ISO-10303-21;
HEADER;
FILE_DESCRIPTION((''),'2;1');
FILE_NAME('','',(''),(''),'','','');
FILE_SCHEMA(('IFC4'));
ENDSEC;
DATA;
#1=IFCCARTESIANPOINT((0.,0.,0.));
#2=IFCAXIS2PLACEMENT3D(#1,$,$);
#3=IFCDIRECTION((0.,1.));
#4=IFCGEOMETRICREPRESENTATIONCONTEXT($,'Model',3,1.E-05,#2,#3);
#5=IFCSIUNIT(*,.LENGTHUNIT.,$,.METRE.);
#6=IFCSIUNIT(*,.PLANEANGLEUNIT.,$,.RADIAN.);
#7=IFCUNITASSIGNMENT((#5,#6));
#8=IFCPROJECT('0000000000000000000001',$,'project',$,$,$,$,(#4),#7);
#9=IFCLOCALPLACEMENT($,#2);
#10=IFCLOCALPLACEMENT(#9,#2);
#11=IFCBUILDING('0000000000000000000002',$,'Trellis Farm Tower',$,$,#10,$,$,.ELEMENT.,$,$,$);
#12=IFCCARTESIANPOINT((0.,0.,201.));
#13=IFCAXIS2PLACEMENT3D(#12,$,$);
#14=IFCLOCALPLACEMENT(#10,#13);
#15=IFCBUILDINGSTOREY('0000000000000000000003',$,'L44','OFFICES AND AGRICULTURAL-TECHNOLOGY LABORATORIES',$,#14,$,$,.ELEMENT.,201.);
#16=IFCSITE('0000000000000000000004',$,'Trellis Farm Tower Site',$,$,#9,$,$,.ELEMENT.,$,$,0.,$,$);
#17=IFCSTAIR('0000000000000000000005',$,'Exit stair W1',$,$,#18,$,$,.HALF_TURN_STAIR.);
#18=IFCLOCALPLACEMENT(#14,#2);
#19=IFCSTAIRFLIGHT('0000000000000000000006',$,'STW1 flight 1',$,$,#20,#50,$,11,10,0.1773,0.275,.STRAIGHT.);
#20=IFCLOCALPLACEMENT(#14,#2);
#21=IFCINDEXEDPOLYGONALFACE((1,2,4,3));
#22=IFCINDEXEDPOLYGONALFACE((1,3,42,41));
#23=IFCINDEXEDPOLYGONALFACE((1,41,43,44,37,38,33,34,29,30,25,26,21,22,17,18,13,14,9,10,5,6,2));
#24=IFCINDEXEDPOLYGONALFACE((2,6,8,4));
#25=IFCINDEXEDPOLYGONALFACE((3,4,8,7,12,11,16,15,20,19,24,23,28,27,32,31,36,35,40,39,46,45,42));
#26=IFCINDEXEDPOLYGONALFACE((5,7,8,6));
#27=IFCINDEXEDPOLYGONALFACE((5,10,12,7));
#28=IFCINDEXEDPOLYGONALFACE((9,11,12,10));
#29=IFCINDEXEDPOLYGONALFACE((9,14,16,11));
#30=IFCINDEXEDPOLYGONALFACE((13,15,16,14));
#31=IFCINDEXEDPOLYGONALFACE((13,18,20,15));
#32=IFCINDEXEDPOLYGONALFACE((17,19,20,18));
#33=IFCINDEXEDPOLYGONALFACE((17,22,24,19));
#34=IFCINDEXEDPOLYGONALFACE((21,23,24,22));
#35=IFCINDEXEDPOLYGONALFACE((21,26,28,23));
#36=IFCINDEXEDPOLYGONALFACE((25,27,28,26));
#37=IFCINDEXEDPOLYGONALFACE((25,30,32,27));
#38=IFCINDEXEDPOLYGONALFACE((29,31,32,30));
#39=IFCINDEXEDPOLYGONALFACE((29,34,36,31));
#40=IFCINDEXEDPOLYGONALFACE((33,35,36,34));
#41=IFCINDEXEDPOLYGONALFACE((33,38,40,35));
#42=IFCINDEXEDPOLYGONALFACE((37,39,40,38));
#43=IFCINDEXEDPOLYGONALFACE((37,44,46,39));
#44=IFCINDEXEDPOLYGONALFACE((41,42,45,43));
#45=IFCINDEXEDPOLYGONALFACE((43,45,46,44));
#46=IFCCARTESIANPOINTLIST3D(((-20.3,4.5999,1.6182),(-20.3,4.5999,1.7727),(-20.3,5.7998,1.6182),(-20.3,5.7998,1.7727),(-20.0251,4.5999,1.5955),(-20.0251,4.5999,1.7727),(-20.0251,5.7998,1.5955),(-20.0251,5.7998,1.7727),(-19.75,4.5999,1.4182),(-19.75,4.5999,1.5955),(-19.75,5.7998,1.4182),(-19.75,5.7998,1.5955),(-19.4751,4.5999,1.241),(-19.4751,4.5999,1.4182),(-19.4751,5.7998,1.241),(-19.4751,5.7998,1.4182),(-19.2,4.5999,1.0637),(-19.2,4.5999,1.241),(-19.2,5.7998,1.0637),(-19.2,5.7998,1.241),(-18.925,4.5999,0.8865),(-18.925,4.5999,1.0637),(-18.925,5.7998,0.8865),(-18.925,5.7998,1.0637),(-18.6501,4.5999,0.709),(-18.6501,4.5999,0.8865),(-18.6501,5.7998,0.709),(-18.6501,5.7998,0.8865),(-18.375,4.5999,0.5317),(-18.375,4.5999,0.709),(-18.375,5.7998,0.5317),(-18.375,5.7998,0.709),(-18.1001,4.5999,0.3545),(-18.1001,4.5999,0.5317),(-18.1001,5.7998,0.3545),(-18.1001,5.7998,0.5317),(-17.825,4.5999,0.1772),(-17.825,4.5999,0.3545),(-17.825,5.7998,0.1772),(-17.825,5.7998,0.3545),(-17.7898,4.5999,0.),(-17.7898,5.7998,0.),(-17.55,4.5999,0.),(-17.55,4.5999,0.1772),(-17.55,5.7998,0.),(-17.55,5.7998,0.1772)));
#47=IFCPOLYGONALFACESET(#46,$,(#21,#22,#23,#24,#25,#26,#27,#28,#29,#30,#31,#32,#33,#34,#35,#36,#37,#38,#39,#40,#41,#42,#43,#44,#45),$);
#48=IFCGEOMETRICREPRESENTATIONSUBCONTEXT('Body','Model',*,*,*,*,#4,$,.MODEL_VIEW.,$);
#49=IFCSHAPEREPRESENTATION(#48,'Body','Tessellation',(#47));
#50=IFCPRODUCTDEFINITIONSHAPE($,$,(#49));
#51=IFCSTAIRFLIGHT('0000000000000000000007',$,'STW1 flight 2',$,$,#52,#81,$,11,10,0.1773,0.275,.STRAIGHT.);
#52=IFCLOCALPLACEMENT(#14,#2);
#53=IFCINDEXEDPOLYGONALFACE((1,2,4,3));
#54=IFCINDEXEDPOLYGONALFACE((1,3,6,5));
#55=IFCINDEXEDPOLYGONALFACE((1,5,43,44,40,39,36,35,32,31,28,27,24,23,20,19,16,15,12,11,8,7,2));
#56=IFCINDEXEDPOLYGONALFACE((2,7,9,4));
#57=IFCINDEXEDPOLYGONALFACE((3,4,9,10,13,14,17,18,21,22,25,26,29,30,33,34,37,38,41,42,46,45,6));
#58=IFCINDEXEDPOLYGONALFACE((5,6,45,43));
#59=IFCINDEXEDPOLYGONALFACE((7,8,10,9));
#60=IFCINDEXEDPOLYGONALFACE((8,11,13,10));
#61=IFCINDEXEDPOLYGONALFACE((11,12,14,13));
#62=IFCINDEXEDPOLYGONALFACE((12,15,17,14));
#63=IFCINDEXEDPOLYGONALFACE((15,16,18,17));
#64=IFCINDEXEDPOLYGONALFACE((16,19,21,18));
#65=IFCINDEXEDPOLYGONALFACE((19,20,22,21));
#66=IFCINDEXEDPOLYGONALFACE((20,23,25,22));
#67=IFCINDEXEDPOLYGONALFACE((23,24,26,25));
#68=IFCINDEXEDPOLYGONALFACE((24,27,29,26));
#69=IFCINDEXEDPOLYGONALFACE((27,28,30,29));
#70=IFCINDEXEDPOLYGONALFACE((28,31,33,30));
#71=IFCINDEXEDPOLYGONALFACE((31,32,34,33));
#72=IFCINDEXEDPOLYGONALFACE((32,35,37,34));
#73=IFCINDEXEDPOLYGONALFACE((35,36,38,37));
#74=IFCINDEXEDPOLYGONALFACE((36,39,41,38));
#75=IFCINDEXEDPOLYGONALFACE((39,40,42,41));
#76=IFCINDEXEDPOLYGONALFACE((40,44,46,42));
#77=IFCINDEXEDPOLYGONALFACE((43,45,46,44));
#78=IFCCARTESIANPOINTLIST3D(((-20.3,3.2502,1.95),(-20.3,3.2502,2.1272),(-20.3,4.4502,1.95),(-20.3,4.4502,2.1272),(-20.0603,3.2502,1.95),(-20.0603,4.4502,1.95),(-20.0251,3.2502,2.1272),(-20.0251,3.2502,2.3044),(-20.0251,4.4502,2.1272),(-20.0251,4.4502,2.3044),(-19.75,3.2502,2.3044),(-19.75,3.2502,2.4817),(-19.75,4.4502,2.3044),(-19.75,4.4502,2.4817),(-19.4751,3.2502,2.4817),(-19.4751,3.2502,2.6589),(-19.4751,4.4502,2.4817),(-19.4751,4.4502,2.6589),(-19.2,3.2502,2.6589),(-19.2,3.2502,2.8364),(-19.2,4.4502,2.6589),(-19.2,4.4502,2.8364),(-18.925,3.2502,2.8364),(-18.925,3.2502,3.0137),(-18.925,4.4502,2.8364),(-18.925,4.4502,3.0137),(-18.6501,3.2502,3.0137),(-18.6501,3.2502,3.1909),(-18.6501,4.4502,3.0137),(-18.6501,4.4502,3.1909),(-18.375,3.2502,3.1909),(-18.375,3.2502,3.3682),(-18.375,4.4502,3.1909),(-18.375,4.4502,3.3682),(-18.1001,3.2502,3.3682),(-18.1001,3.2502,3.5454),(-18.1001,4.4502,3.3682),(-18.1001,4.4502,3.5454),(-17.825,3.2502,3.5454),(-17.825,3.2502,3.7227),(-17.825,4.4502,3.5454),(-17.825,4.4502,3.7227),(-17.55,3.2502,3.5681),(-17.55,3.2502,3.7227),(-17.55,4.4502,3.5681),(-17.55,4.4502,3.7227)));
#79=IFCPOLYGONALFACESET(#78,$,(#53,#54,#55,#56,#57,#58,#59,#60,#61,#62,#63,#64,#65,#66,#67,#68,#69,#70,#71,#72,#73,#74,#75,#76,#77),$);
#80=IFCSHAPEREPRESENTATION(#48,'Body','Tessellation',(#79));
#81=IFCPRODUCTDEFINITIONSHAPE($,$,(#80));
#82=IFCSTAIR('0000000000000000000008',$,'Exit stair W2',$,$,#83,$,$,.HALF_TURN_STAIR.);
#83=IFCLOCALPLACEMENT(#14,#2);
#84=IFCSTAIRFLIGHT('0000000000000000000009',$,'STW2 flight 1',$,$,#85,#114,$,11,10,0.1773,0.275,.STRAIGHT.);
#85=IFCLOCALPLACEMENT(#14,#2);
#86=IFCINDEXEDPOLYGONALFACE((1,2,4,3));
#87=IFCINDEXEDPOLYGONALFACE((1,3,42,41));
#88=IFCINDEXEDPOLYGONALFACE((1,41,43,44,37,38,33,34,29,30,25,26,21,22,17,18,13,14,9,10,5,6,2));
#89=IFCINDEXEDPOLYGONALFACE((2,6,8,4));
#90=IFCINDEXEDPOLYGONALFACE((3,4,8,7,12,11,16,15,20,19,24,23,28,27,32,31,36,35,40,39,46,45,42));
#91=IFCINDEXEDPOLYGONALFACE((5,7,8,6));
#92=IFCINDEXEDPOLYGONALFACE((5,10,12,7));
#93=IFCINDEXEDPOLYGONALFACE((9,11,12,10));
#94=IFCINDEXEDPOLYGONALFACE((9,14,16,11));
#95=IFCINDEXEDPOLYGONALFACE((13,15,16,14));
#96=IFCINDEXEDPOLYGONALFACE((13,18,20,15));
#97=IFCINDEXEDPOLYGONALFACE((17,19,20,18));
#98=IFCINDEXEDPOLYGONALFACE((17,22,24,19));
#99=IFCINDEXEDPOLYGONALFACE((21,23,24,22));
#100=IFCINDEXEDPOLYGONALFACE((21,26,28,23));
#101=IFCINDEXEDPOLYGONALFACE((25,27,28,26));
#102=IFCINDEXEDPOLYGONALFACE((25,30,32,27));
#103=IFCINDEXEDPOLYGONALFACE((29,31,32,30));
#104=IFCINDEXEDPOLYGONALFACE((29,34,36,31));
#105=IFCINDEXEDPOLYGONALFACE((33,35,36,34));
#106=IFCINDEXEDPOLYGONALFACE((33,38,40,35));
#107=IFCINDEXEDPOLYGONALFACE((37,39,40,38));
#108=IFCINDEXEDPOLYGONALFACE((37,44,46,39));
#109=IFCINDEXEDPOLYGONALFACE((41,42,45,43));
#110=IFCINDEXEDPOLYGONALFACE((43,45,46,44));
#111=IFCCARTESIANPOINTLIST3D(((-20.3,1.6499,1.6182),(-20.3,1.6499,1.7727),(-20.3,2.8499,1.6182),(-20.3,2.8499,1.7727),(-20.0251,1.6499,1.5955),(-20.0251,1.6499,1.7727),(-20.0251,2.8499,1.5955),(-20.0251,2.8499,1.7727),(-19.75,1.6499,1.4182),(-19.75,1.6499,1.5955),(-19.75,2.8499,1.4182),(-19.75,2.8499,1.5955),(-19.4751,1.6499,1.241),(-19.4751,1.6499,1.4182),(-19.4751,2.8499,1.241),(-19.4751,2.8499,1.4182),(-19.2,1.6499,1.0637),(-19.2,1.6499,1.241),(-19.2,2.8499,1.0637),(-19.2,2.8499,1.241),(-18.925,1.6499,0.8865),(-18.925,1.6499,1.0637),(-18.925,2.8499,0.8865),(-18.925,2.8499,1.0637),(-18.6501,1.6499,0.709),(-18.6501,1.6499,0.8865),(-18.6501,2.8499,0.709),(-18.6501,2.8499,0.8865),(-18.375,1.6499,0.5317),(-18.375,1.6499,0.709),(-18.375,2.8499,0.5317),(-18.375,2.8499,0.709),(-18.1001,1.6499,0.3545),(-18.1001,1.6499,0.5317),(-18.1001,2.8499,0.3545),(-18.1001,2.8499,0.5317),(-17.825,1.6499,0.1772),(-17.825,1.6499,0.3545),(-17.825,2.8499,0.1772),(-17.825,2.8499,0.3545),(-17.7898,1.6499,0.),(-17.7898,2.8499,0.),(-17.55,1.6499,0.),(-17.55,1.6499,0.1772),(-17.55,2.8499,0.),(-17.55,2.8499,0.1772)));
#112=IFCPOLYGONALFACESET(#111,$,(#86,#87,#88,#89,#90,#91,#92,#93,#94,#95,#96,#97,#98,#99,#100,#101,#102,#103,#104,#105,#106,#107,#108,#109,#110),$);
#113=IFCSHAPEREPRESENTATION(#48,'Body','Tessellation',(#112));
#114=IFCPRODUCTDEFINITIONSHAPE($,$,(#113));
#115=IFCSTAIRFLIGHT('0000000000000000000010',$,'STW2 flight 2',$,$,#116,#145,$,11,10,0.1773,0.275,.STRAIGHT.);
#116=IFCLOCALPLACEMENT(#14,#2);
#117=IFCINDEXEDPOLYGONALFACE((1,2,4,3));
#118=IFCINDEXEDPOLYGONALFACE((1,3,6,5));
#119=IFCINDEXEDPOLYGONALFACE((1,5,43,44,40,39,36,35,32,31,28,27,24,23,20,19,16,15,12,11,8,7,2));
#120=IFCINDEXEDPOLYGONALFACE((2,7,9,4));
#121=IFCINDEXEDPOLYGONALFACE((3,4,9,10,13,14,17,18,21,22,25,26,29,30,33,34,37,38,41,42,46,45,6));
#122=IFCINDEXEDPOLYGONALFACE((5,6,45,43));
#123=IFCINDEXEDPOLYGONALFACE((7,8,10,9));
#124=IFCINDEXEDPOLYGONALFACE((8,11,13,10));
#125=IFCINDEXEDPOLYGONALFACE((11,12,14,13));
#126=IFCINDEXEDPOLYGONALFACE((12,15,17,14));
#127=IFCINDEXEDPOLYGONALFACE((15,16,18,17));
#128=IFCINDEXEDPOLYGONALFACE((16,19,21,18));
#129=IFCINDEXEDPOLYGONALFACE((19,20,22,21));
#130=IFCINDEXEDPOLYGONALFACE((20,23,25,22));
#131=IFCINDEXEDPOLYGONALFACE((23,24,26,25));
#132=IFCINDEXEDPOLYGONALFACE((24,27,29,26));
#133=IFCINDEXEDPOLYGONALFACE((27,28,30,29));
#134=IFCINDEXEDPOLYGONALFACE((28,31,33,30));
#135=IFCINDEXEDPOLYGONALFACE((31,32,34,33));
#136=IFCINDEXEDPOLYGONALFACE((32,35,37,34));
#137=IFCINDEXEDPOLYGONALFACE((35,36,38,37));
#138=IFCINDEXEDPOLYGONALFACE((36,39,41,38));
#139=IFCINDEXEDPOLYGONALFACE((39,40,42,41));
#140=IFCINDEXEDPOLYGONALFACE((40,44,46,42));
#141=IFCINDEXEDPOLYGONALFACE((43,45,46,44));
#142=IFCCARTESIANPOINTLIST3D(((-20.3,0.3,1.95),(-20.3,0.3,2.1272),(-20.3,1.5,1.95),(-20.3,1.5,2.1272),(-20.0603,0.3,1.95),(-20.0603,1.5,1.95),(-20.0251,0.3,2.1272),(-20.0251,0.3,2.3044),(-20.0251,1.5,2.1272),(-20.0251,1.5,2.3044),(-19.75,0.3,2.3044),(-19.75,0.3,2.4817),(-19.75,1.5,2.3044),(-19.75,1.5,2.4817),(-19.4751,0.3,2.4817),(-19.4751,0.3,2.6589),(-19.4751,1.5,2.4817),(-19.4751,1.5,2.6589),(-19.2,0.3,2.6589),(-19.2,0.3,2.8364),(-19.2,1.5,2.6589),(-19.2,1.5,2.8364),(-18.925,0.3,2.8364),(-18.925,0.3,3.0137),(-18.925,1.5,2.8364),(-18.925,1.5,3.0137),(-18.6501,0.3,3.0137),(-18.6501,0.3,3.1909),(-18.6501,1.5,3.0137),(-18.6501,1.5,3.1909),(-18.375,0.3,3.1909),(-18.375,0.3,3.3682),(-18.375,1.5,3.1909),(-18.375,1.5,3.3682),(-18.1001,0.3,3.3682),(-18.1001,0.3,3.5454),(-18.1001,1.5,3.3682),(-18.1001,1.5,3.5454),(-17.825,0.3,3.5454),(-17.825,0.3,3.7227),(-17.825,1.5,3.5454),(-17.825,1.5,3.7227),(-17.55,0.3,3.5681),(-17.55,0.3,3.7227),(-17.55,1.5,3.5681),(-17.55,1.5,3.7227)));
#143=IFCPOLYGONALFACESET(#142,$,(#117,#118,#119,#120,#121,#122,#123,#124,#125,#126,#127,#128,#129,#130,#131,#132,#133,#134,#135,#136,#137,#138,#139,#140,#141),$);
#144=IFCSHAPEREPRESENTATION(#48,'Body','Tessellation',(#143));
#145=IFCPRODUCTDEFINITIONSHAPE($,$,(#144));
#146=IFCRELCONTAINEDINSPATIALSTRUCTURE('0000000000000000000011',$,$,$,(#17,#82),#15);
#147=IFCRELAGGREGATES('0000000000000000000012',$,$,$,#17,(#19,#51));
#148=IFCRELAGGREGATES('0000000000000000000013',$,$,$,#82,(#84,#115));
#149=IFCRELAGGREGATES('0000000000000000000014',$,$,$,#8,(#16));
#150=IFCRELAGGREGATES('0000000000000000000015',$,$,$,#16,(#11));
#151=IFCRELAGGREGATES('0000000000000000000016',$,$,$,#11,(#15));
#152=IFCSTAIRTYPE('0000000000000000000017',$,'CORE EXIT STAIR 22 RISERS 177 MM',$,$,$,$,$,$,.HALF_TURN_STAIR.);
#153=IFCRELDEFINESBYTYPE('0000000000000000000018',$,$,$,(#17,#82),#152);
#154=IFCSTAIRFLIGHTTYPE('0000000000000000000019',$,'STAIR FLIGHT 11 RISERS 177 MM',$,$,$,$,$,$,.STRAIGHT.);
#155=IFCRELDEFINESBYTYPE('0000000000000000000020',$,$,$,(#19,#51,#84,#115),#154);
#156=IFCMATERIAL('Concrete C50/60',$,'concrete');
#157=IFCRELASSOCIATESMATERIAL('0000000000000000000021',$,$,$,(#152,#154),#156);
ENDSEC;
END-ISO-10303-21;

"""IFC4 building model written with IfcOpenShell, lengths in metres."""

from ifc_helpers import new_model, si_unit, direction, frame, origin, place, context, subcontext, project, spatial, polyline, outline, extrude, source, transform, mapped, material, type_object, element, aggregate, save


model = new_model("IFC4")

# Units and contexts
model_context = context("Model", 3, precision=1e-05, world=origin(), true_north=direction((0.0, 1.0)))
body_context = subcontext(model_context, "Body", "Model", "MODEL_VIEW")
ifc_project = project(units=[si_unit("LENGTHUNIT", "METRE"), si_unit("PLANEANGLEUNIT", "RADIAN")], contexts=[model_context])

# Site, building, storey
site_placement = place(None, origin())
site = spatial("IfcSite", under=ifc_project, at=site_placement, Name="Trellis Farm Tower Site", CompositionType="ELEMENT", RefElevation=0.0)
building_placement = place(site_placement, origin())
building = spatial("IfcBuilding", under=site, at=building_placement, Name="Trellis Farm Tower", CompositionType="ELEMENT")
storey_placement = place(building_placement, frame((0.0, 0.0, 201.0)))
storey = spatial("IfcBuildingStorey", under=building, at=storey_placement, Name="L44", Description="OFFICES AND AGRICULTURAL-TECHNOLOGY LABORATORIES", CompositionType="ELEMENT", Elevation=201.0)

# Shared definitions
placement = place(storey_placement, origin())

# Stairs, stair flights
ifc_material_1 = material(Name="Concrete C50/60", Category="concrete")
stair_type = type_object("IfcStairType", Name="CORE EXIT STAIR 22 RISERS 177 MM", PredefinedType="HALF_TURN_STAIR", material=ifc_material_1)
stair_1 = element("IfcStair", 1, at=placement, inside=storey, type_object=stair_type, Name="Exit stair W1", PredefinedType="HALF_TURN_STAIR")
stair_flight_type = type_object("IfcStairFlightType", Name="STAIR FLIGHT 11 RISERS 177 MM", PredefinedType="STRAIGHT", material=ifc_material_1)
shared_shape_1 = source(origin(), body_context, "Body", "SweptSolid", [
    extrude(outline(polyline([(0.0, 0.0), (0.0, 0.1772), (0.2749, 0.1772), (0.2749, 0.3545), (0.55, 0.3545), (0.55, 0.5317), (0.825, 0.5317), (0.825, 0.709), (1.1001, 0.709), (1.1001, 0.8865), (1.375, 0.8865), (1.375, 1.0637), (1.6499, 1.0637), (1.6499, 1.241), (1.925, 1.241), (1.925, 1.4182), (2.2, 1.4182), (2.2, 1.5955), (2.4751, 1.5955), (2.4751, 1.7727), (2.75, 1.7727), (2.75, 1.95), (2.75, 1.6182), (0.2397, 0.0), (0.0, 0.0)])), frame((0.0, 0.6001, 0.0), z_axis=(0.0, -1.0, 0.0), x_axis=(1.0, 0.0, 0.0)), (0.0, 0.0, 1.0), 1.2),
])
stair_flight_1_placement = place(storey_placement, frame((-17.55, 5.2, 0.0), z_axis=(0.0, 0.0, 1.0), x_axis=(-1.0, 0.0, 0.0)))
stair_flight_1 = element("IfcStairFlight", 2, at=stair_flight_1_placement, type_object=stair_flight_type, Name="STW1 flight 1", NumberOfRisers=11, NumberOfTreads=10, PredefinedType="STRAIGHT", RiserHeight=0.1773, TreadLength=0.275, context=body_context, shape_type="MappedRepresentation", body=[
    mapped(shared_shape_1, transform((0.0, 0.0, 0.0))),
])
stair_flight_2_placement = place(storey_placement, frame((-20.3, 3.8501, 1.95), z_axis=(0.0, 0.0, 1.0), x_axis=(1.0, 0.0, 0.0)))
stair_flight_2 = element("IfcStairFlight", 3, at=stair_flight_2_placement, type_object=stair_flight_type, Name="STW1 flight 2", NumberOfRisers=11, NumberOfTreads=10, PredefinedType="STRAIGHT", RiserHeight=0.1773, TreadLength=0.275, context=body_context, shape_type="MappedRepresentation", body=[
    mapped(shared_shape_1, transform((0.0, 0.0, 0.0))),
])
aggregate(stair_1, [stair_flight_1, stair_flight_2])
stair_2 = element("IfcStair", 4, at=placement, inside=storey, type_object=stair_type, Name="Exit stair W2", PredefinedType="HALF_TURN_STAIR")
stair_flight_3_placement = place(storey_placement, frame((-17.55, 2.25, 0.0), z_axis=(0.0, 0.0, 1.0), x_axis=(-1.0, 0.0, 0.0)))
stair_flight_3 = element("IfcStairFlight", 5, at=stair_flight_3_placement, type_object=stair_flight_type, Name="STW2 flight 1", NumberOfRisers=11, NumberOfTreads=10, PredefinedType="STRAIGHT", RiserHeight=0.1773, TreadLength=0.275, context=body_context, shape_type="MappedRepresentation", body=[
    mapped(shared_shape_1, transform((0.0, 0.0, 0.0))),
])
stair_flight_4_placement = place(storey_placement, frame((-20.3, 0.8999, 1.95), z_axis=(0.0, 0.0, 1.0), x_axis=(1.0, 0.0, 0.0)))
stair_flight_4 = element("IfcStairFlight", 6, at=stair_flight_4_placement, type_object=stair_flight_type, Name="STW2 flight 2", NumberOfRisers=11, NumberOfTreads=10, PredefinedType="STRAIGHT", RiserHeight=0.1773, TreadLength=0.275, context=body_context, shape_type="MappedRepresentation", body=[
    mapped(shared_shape_1, transform((0.0, 0.0, 0.0))),
])
aggregate(stair_2, [stair_flight_3, stair_flight_4])

save(model, "model.ifc")
